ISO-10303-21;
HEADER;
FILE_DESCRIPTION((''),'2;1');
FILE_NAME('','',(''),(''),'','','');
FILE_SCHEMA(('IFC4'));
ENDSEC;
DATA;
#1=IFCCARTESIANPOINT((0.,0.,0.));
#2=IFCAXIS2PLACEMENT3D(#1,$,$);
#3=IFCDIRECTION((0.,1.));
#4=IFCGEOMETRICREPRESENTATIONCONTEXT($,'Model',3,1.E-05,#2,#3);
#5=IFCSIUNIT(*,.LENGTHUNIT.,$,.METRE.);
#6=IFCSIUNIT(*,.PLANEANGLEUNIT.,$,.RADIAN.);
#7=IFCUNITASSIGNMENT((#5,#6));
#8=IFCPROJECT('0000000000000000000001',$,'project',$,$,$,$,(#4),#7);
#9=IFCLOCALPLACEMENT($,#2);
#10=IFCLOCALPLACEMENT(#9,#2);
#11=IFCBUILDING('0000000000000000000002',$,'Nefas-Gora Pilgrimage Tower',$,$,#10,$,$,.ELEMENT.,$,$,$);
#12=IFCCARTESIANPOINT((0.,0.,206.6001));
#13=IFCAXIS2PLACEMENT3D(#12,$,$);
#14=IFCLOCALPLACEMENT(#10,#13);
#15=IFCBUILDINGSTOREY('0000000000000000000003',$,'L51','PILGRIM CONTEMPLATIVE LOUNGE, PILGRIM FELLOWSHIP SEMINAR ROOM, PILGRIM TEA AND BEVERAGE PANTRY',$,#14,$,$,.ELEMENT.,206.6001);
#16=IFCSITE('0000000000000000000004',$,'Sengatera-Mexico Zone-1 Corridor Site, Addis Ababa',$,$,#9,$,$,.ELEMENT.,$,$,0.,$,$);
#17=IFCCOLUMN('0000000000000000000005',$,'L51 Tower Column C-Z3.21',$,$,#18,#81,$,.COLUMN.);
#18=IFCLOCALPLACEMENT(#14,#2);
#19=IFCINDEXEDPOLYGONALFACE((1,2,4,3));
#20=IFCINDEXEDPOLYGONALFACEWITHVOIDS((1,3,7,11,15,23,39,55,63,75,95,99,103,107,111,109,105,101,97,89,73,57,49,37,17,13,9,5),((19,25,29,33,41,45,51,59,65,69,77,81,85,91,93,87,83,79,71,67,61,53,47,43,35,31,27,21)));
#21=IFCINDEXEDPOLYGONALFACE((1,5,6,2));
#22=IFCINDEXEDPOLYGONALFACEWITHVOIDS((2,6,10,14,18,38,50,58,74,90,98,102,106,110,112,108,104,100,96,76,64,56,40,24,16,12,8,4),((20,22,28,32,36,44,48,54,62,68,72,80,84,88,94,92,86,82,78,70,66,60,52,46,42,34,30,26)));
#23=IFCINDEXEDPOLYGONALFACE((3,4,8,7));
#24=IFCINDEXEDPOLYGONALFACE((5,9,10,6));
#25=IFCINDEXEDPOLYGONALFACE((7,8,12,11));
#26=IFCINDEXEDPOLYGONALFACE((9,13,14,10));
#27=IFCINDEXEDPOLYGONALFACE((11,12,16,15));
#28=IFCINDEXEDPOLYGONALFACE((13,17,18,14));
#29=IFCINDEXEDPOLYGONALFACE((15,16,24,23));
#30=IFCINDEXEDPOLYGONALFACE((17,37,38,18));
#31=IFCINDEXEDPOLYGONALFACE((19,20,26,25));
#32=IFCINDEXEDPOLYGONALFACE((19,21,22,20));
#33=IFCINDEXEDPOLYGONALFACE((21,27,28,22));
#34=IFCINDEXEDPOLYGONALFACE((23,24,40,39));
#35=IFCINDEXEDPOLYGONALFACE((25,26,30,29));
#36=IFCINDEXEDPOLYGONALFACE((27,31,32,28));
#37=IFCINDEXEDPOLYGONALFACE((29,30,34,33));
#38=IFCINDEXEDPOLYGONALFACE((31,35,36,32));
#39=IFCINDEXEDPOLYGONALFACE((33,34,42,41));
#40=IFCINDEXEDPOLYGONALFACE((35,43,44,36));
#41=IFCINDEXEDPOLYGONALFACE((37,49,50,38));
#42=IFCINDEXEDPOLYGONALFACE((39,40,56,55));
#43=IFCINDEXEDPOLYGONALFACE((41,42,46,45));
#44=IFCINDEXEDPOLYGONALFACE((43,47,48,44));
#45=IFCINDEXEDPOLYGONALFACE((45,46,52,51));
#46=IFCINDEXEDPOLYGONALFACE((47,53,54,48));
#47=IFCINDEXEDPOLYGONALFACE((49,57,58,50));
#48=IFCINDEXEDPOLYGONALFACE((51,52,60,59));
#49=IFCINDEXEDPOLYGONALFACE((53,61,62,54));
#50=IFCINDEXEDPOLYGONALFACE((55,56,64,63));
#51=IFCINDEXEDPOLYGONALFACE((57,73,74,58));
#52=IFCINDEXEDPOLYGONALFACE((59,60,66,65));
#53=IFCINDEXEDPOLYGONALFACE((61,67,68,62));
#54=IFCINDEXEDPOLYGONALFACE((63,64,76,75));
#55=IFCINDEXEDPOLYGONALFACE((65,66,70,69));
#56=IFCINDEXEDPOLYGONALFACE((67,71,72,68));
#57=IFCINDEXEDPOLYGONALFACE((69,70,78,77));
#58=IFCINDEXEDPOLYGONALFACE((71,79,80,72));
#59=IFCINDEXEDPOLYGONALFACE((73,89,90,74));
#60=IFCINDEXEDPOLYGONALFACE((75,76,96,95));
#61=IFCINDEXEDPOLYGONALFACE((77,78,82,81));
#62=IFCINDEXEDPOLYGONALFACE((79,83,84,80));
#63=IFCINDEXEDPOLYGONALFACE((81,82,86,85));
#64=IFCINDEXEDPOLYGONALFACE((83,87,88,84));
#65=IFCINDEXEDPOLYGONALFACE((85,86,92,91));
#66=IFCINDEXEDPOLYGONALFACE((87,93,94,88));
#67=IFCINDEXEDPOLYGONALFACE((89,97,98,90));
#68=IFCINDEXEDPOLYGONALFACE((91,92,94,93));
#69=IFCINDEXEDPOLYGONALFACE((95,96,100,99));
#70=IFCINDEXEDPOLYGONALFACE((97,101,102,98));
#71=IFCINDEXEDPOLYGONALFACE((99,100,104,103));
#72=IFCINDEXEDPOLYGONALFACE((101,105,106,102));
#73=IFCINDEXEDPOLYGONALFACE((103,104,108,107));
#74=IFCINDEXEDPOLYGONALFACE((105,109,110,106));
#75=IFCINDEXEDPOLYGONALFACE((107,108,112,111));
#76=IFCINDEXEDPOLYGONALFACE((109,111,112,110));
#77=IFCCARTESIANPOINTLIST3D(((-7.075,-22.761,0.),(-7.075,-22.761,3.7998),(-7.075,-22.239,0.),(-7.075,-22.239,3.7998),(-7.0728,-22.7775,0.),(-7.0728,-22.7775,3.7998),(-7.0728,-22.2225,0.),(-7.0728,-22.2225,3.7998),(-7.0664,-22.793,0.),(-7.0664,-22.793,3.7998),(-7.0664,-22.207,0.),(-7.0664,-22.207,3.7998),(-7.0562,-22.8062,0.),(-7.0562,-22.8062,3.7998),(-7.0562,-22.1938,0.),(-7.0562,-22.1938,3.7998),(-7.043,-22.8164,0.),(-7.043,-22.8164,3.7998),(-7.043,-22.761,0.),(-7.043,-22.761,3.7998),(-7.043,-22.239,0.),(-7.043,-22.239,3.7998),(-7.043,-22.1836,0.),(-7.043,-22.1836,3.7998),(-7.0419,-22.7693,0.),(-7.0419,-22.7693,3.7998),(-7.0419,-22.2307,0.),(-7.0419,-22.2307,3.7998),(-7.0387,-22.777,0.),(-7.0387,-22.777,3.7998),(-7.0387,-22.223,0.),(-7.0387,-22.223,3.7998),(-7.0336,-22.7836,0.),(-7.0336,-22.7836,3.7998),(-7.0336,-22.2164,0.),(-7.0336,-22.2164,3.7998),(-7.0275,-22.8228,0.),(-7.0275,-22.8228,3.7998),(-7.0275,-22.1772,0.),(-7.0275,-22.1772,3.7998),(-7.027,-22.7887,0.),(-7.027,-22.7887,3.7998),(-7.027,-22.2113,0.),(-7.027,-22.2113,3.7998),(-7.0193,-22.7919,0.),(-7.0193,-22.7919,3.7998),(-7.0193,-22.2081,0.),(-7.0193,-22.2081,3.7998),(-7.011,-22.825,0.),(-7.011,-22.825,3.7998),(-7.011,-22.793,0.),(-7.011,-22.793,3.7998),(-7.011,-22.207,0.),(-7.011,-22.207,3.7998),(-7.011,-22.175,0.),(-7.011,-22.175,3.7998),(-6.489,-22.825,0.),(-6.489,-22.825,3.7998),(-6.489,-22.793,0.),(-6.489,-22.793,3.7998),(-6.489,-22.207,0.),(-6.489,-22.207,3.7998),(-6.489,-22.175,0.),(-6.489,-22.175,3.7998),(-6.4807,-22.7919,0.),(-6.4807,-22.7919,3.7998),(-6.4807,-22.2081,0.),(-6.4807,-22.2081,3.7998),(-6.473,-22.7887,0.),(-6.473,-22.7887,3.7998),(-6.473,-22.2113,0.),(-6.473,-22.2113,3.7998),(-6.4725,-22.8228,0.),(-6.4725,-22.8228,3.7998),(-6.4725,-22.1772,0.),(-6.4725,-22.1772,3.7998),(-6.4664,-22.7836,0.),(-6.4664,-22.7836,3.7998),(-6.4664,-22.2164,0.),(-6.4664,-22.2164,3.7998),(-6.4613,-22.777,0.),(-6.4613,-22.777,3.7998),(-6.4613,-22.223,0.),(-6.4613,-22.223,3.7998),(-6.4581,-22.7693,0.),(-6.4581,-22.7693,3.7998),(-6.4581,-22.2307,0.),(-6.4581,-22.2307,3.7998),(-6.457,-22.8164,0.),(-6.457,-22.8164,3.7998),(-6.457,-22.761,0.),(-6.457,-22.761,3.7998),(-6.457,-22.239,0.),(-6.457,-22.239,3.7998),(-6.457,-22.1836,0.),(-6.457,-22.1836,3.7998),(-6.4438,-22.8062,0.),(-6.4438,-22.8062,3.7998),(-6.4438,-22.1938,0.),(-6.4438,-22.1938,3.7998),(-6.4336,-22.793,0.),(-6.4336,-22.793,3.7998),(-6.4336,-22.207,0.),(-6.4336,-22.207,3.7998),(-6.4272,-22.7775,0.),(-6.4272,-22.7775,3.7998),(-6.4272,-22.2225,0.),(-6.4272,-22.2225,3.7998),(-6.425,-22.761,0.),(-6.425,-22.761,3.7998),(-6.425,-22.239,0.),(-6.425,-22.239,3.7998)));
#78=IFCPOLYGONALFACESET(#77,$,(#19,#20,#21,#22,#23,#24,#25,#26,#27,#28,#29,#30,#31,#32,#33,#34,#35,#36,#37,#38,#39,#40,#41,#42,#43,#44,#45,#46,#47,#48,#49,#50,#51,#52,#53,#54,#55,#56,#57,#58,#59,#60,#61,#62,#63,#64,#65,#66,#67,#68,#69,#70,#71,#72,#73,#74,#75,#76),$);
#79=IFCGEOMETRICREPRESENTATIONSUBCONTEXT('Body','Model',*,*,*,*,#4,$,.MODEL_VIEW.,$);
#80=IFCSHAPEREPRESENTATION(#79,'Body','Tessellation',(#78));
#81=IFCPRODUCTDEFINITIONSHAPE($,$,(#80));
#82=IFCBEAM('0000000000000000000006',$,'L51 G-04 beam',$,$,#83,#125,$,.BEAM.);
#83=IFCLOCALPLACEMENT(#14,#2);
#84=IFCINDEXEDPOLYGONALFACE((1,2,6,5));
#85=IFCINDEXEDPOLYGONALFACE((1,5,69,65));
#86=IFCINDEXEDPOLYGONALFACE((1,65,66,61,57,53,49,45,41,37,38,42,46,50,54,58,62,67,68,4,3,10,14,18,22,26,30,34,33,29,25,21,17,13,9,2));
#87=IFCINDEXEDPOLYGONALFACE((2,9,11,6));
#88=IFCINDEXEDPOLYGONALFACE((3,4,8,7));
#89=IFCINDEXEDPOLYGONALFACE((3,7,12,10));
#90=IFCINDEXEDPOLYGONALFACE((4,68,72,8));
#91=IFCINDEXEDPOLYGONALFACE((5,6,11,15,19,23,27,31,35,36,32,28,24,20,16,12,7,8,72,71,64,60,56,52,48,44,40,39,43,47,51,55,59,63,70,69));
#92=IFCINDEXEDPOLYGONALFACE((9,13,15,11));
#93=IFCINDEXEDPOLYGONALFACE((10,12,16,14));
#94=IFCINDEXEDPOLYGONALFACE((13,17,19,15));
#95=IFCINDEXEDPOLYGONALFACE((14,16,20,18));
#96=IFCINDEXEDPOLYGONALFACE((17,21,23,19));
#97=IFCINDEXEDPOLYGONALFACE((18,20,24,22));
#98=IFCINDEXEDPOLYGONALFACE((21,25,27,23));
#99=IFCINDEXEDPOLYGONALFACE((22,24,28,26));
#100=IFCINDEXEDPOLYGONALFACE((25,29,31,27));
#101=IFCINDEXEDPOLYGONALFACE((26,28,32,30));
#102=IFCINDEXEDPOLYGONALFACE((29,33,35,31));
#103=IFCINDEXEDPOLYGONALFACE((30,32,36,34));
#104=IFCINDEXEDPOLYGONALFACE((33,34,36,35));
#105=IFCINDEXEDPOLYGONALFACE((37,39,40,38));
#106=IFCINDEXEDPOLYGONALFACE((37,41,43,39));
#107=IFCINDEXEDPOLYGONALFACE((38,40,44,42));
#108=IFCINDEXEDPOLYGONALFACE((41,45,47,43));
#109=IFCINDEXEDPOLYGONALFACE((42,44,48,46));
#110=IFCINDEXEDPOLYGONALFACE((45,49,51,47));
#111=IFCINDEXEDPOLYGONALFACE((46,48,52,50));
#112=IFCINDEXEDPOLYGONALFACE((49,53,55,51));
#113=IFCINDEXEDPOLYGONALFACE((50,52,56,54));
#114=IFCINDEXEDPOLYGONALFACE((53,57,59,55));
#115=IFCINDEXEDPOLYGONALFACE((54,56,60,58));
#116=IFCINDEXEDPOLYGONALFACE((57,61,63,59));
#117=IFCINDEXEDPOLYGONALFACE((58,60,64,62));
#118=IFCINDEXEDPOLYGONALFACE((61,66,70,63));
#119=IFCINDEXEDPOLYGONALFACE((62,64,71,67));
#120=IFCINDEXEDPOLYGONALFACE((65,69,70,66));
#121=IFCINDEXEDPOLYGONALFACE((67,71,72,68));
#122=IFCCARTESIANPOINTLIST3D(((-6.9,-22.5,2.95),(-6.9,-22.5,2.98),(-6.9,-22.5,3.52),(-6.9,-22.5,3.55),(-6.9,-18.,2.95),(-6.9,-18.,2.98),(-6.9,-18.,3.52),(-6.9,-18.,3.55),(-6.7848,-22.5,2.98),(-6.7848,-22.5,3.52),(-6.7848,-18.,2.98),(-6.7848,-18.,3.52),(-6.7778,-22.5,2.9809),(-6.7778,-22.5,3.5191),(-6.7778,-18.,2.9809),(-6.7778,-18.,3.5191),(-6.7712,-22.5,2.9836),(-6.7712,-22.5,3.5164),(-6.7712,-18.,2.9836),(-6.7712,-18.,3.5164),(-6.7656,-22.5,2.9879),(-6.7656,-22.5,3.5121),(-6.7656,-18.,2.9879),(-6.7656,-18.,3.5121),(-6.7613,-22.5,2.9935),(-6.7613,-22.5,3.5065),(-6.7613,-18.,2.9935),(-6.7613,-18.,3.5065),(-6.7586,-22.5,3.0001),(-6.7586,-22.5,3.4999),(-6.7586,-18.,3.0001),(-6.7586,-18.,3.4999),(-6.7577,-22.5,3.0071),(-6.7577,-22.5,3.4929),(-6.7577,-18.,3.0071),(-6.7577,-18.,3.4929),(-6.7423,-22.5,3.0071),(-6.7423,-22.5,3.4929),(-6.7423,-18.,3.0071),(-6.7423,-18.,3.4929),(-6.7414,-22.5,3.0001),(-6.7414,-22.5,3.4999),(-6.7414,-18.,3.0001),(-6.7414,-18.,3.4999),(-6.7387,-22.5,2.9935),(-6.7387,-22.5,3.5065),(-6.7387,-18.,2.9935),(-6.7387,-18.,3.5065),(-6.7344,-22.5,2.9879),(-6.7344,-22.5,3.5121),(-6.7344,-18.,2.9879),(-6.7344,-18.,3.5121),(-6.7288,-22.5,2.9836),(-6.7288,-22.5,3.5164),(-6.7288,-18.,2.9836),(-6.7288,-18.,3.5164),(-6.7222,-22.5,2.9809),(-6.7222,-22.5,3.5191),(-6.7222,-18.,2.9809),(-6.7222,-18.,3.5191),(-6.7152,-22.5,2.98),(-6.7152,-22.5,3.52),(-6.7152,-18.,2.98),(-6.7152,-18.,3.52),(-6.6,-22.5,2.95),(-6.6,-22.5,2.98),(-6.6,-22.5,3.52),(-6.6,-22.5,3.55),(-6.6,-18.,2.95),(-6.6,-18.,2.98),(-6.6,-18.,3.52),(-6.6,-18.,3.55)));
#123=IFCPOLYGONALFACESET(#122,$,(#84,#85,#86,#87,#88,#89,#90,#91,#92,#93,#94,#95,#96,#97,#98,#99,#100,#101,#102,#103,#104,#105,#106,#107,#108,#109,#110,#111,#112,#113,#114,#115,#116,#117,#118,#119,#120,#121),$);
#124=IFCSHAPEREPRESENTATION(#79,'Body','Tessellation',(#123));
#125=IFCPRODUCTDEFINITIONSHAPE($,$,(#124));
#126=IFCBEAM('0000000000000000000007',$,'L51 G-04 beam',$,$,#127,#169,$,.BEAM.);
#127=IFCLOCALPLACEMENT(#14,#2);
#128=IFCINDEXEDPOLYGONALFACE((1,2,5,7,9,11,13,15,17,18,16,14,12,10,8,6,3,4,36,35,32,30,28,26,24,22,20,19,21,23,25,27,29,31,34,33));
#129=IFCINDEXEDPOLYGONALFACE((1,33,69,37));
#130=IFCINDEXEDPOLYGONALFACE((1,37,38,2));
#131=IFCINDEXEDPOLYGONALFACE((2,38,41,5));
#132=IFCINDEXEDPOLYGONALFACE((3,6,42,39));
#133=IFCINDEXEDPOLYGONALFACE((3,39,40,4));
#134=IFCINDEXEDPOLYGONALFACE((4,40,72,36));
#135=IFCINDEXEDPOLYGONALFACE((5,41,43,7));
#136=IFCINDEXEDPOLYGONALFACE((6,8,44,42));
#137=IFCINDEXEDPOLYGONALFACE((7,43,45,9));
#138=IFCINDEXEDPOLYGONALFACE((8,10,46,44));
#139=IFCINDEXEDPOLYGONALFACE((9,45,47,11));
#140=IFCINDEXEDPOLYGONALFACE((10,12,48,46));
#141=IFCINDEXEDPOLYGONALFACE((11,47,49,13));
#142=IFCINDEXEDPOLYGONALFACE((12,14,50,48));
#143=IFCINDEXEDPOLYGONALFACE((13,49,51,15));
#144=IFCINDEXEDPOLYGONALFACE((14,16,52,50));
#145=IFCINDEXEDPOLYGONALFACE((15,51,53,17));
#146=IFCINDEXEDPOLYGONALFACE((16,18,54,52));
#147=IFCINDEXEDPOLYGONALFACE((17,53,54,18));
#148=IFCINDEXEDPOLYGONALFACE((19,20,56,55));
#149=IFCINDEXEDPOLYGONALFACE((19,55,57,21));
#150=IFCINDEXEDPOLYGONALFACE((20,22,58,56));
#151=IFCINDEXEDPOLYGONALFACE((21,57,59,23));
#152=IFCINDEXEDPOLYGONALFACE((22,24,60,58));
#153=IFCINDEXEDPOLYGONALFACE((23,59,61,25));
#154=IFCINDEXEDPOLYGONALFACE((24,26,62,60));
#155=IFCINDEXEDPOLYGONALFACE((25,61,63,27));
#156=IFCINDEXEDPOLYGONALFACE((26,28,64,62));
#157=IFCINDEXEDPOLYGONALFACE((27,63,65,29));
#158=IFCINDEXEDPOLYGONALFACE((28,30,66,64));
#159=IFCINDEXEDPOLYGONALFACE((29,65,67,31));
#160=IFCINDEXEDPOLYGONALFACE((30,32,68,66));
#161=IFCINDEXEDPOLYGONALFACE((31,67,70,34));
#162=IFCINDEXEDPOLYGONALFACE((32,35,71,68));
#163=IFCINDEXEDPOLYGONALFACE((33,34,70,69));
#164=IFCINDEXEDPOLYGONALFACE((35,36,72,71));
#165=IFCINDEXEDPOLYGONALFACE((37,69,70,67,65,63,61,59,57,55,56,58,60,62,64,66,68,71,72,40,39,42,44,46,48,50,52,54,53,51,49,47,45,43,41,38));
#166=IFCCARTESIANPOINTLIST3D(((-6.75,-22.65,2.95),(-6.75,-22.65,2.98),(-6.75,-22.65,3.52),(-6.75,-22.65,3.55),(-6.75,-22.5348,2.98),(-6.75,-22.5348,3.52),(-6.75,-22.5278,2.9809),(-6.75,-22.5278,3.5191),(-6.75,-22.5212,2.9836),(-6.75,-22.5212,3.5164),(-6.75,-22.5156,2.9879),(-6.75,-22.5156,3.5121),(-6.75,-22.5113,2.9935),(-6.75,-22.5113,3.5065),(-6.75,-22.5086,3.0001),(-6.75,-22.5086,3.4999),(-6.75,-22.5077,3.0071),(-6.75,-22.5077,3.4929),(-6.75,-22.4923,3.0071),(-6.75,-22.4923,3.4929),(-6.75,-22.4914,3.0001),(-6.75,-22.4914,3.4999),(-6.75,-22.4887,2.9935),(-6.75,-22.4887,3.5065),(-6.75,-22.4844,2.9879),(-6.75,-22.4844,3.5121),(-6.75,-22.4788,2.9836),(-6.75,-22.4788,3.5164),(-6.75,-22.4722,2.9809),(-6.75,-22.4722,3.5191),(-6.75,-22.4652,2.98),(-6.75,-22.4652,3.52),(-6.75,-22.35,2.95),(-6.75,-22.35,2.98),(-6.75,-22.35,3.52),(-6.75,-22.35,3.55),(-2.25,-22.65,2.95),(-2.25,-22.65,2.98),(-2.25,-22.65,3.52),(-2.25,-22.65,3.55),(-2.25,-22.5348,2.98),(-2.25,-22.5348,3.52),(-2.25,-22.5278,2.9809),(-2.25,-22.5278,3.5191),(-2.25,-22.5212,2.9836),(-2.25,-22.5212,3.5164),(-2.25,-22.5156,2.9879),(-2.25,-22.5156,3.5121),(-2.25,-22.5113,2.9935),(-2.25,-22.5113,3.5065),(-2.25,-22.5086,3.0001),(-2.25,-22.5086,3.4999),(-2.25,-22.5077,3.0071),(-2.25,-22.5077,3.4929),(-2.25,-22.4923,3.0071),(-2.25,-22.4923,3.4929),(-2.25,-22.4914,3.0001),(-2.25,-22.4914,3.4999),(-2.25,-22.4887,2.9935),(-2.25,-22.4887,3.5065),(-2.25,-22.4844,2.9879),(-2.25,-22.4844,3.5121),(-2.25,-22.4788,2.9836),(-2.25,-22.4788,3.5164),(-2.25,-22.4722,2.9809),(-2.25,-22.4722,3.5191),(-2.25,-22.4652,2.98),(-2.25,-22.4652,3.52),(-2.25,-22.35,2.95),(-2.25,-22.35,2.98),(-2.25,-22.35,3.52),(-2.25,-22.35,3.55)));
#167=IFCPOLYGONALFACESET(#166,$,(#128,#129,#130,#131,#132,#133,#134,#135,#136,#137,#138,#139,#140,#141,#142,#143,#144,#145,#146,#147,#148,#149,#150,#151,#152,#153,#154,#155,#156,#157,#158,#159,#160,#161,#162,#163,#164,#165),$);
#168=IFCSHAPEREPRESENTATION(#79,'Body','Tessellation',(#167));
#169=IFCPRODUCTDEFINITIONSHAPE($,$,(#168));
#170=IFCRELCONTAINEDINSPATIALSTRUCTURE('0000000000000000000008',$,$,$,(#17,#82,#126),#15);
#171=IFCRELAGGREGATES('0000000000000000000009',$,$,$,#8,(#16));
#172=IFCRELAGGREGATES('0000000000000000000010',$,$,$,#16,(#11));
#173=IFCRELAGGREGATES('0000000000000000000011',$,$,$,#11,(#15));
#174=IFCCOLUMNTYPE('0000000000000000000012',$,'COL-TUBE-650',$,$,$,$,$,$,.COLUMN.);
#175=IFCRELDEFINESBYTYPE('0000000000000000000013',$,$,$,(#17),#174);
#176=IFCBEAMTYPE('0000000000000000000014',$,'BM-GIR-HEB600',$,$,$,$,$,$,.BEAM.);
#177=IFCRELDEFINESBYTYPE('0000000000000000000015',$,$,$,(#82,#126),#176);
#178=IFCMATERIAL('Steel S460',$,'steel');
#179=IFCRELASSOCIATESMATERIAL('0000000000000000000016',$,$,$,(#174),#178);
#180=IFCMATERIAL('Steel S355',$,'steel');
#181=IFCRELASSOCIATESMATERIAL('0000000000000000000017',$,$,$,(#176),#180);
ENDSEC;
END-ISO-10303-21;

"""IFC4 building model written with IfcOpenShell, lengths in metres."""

from ifc_helpers import new_model, si_unit, direction, frame, origin, origin_2d, place, context, subcontext, project, spatial, hollow_rectangle, i_section, extrude, source, transform, mapped, material, material_profile, profile_set, type_object, element, save


model = new_model("IFC4")

# Units and contexts
model_context = context("Model", 3, precision=1e-05, world=origin(), true_north=direction((0.0, 1.0)))
body_context = subcontext(model_context, "Body", "Model", "MODEL_VIEW")
ifc_project = project(units=[si_unit("LENGTHUNIT", "METRE"), si_unit("PLANEANGLEUNIT", "RADIAN")], contexts=[model_context])

# Site, building, storey
site_placement = place(None, origin())
site = spatial("IfcSite", under=ifc_project, at=site_placement, Name="Sengatera-Mexico Zone-1 Corridor Site, Addis Ababa", CompositionType="ELEMENT", RefElevation=0.0)
building_placement = place(site_placement, origin())
building = spatial("IfcBuilding", under=site, at=building_placement, Name="Nefas-Gora Pilgrimage Tower", CompositionType="ELEMENT")
storey_placement = place(building_placement, frame((0.0, 0.0, 206.6001)))
storey = spatial("IfcBuildingStorey", under=building, at=storey_placement, Name="L51", Description="PILGRIM CONTEMPLATIVE LOUNGE, PILGRIM FELLOWSHIP SEMINAR ROOM, PILGRIM TEA AND BEVERAGE PANTRY", CompositionType="ELEMENT", Elevation=206.6001)

# Column
ifc_material_1 = material(Name="Steel S460", Category="steel")
ifc_material_profile_1 = material_profile(ifc_material_1, hollow_rectangle(XDim=0.6499, YDim=0.6499, WallThickness=0.032, InnerFilletRadius=0.032, OuterFilletRadius=0.064, at=origin_2d()), Name="BOX 650x650x32")
ifc_profile_set_1 = profile_set([ifc_material_profile_1], Name="Steel S460")
column_type_1 = type_object("IfcColumnType", Name="COL-TUBE-650", PredefinedType="COLUMN", material=ifc_profile_set_1)
shared_shape_1 = source(origin(), body_context, "Body", "SweptSolid", [
    extrude(hollow_rectangle(XDim=0.6499, YDim=0.6499, WallThickness=0.032, InnerFilletRadius=0.032, OuterFilletRadius=0.064, at=origin_2d()), origin(), (0.0, 0.0, 1.0), 3.7998),
])
column_placement = place(storey_placement, frame((-6.75, -22.5, 0.0), z_axis=(0.0, 0.0, 1.0), x_axis=(1.0, 0.0, 0.0)))
element("IfcColumn", 1, at=column_placement, inside=storey, type_object=column_type_1, Name="L51 Tower Column C-Z3.21", PredefinedType="COLUMN", context=body_context, shape_type="MappedRepresentation", body=[
    mapped(shared_shape_1, transform((0.0, 0.0, 0.0), x_axis=(1.0, 0.0, 0.0), y_axis=(0.0, 1.0, 0.0), z_axis=(0.0, 0.0, 1.0), scale=1.0)),
])

# Beams
ifc_material_2 = material(Name="Steel S355", Category="steel")
ifc_material_profile_2 = material_profile(ifc_material_2, i_section(OverallWidth=0.3, OverallDepth=0.6001, WebThickness=0.0154, FlangeThickness=0.03, FilletRadius=0.0271, at=origin_2d()), Name="HEB 600")
ifc_profile_set_2 = profile_set([ifc_material_profile_2], Name="Steel S355")
beam_type = type_object("IfcBeamType", Name="BM-GIR-HEB600", PredefinedType="BEAM", material=ifc_profile_set_2)
shared_shape_2 = source(origin(), body_context, "Body", "SweptSolid", [
    extrude(i_section(OverallWidth=0.3, OverallDepth=0.6001, WebThickness=0.0154, FlangeThickness=0.03, FilletRadius=0.0271, at=origin_2d()), origin(), (0.0, 0.0, 1.0), 4.5),
])
for number, where, z_axis, x_axis, name in (
    (2, (-6.75, -22.5, 3.25), (0.0, 1.0, 0.0), (-1.0, 0.0, 0.0), "L51 G-04 beam"),
    (3, (-6.75, -22.5, 3.25), (1.0, 0.0, 0.0), (0.0, 1.0, 0.0), "L51 G-04 beam"),
):
    element("IfcBeam", number, at=place(storey_placement, frame(where, z_axis=z_axis, x_axis=x_axis)), inside=storey, type_object=beam_type, Name=name, PredefinedType="BEAM", context=body_context, shape_type="MappedRepresentation", body=[
        mapped(shared_shape_2, transform((0.0, 0.0, 0.0), x_axis=(1.0, 0.0, 0.0), y_axis=(0.0, 1.0, 0.0), z_axis=(0.0, 0.0, 1.0), scale=1.0)),
    ])

save(model, "model.ifc")
